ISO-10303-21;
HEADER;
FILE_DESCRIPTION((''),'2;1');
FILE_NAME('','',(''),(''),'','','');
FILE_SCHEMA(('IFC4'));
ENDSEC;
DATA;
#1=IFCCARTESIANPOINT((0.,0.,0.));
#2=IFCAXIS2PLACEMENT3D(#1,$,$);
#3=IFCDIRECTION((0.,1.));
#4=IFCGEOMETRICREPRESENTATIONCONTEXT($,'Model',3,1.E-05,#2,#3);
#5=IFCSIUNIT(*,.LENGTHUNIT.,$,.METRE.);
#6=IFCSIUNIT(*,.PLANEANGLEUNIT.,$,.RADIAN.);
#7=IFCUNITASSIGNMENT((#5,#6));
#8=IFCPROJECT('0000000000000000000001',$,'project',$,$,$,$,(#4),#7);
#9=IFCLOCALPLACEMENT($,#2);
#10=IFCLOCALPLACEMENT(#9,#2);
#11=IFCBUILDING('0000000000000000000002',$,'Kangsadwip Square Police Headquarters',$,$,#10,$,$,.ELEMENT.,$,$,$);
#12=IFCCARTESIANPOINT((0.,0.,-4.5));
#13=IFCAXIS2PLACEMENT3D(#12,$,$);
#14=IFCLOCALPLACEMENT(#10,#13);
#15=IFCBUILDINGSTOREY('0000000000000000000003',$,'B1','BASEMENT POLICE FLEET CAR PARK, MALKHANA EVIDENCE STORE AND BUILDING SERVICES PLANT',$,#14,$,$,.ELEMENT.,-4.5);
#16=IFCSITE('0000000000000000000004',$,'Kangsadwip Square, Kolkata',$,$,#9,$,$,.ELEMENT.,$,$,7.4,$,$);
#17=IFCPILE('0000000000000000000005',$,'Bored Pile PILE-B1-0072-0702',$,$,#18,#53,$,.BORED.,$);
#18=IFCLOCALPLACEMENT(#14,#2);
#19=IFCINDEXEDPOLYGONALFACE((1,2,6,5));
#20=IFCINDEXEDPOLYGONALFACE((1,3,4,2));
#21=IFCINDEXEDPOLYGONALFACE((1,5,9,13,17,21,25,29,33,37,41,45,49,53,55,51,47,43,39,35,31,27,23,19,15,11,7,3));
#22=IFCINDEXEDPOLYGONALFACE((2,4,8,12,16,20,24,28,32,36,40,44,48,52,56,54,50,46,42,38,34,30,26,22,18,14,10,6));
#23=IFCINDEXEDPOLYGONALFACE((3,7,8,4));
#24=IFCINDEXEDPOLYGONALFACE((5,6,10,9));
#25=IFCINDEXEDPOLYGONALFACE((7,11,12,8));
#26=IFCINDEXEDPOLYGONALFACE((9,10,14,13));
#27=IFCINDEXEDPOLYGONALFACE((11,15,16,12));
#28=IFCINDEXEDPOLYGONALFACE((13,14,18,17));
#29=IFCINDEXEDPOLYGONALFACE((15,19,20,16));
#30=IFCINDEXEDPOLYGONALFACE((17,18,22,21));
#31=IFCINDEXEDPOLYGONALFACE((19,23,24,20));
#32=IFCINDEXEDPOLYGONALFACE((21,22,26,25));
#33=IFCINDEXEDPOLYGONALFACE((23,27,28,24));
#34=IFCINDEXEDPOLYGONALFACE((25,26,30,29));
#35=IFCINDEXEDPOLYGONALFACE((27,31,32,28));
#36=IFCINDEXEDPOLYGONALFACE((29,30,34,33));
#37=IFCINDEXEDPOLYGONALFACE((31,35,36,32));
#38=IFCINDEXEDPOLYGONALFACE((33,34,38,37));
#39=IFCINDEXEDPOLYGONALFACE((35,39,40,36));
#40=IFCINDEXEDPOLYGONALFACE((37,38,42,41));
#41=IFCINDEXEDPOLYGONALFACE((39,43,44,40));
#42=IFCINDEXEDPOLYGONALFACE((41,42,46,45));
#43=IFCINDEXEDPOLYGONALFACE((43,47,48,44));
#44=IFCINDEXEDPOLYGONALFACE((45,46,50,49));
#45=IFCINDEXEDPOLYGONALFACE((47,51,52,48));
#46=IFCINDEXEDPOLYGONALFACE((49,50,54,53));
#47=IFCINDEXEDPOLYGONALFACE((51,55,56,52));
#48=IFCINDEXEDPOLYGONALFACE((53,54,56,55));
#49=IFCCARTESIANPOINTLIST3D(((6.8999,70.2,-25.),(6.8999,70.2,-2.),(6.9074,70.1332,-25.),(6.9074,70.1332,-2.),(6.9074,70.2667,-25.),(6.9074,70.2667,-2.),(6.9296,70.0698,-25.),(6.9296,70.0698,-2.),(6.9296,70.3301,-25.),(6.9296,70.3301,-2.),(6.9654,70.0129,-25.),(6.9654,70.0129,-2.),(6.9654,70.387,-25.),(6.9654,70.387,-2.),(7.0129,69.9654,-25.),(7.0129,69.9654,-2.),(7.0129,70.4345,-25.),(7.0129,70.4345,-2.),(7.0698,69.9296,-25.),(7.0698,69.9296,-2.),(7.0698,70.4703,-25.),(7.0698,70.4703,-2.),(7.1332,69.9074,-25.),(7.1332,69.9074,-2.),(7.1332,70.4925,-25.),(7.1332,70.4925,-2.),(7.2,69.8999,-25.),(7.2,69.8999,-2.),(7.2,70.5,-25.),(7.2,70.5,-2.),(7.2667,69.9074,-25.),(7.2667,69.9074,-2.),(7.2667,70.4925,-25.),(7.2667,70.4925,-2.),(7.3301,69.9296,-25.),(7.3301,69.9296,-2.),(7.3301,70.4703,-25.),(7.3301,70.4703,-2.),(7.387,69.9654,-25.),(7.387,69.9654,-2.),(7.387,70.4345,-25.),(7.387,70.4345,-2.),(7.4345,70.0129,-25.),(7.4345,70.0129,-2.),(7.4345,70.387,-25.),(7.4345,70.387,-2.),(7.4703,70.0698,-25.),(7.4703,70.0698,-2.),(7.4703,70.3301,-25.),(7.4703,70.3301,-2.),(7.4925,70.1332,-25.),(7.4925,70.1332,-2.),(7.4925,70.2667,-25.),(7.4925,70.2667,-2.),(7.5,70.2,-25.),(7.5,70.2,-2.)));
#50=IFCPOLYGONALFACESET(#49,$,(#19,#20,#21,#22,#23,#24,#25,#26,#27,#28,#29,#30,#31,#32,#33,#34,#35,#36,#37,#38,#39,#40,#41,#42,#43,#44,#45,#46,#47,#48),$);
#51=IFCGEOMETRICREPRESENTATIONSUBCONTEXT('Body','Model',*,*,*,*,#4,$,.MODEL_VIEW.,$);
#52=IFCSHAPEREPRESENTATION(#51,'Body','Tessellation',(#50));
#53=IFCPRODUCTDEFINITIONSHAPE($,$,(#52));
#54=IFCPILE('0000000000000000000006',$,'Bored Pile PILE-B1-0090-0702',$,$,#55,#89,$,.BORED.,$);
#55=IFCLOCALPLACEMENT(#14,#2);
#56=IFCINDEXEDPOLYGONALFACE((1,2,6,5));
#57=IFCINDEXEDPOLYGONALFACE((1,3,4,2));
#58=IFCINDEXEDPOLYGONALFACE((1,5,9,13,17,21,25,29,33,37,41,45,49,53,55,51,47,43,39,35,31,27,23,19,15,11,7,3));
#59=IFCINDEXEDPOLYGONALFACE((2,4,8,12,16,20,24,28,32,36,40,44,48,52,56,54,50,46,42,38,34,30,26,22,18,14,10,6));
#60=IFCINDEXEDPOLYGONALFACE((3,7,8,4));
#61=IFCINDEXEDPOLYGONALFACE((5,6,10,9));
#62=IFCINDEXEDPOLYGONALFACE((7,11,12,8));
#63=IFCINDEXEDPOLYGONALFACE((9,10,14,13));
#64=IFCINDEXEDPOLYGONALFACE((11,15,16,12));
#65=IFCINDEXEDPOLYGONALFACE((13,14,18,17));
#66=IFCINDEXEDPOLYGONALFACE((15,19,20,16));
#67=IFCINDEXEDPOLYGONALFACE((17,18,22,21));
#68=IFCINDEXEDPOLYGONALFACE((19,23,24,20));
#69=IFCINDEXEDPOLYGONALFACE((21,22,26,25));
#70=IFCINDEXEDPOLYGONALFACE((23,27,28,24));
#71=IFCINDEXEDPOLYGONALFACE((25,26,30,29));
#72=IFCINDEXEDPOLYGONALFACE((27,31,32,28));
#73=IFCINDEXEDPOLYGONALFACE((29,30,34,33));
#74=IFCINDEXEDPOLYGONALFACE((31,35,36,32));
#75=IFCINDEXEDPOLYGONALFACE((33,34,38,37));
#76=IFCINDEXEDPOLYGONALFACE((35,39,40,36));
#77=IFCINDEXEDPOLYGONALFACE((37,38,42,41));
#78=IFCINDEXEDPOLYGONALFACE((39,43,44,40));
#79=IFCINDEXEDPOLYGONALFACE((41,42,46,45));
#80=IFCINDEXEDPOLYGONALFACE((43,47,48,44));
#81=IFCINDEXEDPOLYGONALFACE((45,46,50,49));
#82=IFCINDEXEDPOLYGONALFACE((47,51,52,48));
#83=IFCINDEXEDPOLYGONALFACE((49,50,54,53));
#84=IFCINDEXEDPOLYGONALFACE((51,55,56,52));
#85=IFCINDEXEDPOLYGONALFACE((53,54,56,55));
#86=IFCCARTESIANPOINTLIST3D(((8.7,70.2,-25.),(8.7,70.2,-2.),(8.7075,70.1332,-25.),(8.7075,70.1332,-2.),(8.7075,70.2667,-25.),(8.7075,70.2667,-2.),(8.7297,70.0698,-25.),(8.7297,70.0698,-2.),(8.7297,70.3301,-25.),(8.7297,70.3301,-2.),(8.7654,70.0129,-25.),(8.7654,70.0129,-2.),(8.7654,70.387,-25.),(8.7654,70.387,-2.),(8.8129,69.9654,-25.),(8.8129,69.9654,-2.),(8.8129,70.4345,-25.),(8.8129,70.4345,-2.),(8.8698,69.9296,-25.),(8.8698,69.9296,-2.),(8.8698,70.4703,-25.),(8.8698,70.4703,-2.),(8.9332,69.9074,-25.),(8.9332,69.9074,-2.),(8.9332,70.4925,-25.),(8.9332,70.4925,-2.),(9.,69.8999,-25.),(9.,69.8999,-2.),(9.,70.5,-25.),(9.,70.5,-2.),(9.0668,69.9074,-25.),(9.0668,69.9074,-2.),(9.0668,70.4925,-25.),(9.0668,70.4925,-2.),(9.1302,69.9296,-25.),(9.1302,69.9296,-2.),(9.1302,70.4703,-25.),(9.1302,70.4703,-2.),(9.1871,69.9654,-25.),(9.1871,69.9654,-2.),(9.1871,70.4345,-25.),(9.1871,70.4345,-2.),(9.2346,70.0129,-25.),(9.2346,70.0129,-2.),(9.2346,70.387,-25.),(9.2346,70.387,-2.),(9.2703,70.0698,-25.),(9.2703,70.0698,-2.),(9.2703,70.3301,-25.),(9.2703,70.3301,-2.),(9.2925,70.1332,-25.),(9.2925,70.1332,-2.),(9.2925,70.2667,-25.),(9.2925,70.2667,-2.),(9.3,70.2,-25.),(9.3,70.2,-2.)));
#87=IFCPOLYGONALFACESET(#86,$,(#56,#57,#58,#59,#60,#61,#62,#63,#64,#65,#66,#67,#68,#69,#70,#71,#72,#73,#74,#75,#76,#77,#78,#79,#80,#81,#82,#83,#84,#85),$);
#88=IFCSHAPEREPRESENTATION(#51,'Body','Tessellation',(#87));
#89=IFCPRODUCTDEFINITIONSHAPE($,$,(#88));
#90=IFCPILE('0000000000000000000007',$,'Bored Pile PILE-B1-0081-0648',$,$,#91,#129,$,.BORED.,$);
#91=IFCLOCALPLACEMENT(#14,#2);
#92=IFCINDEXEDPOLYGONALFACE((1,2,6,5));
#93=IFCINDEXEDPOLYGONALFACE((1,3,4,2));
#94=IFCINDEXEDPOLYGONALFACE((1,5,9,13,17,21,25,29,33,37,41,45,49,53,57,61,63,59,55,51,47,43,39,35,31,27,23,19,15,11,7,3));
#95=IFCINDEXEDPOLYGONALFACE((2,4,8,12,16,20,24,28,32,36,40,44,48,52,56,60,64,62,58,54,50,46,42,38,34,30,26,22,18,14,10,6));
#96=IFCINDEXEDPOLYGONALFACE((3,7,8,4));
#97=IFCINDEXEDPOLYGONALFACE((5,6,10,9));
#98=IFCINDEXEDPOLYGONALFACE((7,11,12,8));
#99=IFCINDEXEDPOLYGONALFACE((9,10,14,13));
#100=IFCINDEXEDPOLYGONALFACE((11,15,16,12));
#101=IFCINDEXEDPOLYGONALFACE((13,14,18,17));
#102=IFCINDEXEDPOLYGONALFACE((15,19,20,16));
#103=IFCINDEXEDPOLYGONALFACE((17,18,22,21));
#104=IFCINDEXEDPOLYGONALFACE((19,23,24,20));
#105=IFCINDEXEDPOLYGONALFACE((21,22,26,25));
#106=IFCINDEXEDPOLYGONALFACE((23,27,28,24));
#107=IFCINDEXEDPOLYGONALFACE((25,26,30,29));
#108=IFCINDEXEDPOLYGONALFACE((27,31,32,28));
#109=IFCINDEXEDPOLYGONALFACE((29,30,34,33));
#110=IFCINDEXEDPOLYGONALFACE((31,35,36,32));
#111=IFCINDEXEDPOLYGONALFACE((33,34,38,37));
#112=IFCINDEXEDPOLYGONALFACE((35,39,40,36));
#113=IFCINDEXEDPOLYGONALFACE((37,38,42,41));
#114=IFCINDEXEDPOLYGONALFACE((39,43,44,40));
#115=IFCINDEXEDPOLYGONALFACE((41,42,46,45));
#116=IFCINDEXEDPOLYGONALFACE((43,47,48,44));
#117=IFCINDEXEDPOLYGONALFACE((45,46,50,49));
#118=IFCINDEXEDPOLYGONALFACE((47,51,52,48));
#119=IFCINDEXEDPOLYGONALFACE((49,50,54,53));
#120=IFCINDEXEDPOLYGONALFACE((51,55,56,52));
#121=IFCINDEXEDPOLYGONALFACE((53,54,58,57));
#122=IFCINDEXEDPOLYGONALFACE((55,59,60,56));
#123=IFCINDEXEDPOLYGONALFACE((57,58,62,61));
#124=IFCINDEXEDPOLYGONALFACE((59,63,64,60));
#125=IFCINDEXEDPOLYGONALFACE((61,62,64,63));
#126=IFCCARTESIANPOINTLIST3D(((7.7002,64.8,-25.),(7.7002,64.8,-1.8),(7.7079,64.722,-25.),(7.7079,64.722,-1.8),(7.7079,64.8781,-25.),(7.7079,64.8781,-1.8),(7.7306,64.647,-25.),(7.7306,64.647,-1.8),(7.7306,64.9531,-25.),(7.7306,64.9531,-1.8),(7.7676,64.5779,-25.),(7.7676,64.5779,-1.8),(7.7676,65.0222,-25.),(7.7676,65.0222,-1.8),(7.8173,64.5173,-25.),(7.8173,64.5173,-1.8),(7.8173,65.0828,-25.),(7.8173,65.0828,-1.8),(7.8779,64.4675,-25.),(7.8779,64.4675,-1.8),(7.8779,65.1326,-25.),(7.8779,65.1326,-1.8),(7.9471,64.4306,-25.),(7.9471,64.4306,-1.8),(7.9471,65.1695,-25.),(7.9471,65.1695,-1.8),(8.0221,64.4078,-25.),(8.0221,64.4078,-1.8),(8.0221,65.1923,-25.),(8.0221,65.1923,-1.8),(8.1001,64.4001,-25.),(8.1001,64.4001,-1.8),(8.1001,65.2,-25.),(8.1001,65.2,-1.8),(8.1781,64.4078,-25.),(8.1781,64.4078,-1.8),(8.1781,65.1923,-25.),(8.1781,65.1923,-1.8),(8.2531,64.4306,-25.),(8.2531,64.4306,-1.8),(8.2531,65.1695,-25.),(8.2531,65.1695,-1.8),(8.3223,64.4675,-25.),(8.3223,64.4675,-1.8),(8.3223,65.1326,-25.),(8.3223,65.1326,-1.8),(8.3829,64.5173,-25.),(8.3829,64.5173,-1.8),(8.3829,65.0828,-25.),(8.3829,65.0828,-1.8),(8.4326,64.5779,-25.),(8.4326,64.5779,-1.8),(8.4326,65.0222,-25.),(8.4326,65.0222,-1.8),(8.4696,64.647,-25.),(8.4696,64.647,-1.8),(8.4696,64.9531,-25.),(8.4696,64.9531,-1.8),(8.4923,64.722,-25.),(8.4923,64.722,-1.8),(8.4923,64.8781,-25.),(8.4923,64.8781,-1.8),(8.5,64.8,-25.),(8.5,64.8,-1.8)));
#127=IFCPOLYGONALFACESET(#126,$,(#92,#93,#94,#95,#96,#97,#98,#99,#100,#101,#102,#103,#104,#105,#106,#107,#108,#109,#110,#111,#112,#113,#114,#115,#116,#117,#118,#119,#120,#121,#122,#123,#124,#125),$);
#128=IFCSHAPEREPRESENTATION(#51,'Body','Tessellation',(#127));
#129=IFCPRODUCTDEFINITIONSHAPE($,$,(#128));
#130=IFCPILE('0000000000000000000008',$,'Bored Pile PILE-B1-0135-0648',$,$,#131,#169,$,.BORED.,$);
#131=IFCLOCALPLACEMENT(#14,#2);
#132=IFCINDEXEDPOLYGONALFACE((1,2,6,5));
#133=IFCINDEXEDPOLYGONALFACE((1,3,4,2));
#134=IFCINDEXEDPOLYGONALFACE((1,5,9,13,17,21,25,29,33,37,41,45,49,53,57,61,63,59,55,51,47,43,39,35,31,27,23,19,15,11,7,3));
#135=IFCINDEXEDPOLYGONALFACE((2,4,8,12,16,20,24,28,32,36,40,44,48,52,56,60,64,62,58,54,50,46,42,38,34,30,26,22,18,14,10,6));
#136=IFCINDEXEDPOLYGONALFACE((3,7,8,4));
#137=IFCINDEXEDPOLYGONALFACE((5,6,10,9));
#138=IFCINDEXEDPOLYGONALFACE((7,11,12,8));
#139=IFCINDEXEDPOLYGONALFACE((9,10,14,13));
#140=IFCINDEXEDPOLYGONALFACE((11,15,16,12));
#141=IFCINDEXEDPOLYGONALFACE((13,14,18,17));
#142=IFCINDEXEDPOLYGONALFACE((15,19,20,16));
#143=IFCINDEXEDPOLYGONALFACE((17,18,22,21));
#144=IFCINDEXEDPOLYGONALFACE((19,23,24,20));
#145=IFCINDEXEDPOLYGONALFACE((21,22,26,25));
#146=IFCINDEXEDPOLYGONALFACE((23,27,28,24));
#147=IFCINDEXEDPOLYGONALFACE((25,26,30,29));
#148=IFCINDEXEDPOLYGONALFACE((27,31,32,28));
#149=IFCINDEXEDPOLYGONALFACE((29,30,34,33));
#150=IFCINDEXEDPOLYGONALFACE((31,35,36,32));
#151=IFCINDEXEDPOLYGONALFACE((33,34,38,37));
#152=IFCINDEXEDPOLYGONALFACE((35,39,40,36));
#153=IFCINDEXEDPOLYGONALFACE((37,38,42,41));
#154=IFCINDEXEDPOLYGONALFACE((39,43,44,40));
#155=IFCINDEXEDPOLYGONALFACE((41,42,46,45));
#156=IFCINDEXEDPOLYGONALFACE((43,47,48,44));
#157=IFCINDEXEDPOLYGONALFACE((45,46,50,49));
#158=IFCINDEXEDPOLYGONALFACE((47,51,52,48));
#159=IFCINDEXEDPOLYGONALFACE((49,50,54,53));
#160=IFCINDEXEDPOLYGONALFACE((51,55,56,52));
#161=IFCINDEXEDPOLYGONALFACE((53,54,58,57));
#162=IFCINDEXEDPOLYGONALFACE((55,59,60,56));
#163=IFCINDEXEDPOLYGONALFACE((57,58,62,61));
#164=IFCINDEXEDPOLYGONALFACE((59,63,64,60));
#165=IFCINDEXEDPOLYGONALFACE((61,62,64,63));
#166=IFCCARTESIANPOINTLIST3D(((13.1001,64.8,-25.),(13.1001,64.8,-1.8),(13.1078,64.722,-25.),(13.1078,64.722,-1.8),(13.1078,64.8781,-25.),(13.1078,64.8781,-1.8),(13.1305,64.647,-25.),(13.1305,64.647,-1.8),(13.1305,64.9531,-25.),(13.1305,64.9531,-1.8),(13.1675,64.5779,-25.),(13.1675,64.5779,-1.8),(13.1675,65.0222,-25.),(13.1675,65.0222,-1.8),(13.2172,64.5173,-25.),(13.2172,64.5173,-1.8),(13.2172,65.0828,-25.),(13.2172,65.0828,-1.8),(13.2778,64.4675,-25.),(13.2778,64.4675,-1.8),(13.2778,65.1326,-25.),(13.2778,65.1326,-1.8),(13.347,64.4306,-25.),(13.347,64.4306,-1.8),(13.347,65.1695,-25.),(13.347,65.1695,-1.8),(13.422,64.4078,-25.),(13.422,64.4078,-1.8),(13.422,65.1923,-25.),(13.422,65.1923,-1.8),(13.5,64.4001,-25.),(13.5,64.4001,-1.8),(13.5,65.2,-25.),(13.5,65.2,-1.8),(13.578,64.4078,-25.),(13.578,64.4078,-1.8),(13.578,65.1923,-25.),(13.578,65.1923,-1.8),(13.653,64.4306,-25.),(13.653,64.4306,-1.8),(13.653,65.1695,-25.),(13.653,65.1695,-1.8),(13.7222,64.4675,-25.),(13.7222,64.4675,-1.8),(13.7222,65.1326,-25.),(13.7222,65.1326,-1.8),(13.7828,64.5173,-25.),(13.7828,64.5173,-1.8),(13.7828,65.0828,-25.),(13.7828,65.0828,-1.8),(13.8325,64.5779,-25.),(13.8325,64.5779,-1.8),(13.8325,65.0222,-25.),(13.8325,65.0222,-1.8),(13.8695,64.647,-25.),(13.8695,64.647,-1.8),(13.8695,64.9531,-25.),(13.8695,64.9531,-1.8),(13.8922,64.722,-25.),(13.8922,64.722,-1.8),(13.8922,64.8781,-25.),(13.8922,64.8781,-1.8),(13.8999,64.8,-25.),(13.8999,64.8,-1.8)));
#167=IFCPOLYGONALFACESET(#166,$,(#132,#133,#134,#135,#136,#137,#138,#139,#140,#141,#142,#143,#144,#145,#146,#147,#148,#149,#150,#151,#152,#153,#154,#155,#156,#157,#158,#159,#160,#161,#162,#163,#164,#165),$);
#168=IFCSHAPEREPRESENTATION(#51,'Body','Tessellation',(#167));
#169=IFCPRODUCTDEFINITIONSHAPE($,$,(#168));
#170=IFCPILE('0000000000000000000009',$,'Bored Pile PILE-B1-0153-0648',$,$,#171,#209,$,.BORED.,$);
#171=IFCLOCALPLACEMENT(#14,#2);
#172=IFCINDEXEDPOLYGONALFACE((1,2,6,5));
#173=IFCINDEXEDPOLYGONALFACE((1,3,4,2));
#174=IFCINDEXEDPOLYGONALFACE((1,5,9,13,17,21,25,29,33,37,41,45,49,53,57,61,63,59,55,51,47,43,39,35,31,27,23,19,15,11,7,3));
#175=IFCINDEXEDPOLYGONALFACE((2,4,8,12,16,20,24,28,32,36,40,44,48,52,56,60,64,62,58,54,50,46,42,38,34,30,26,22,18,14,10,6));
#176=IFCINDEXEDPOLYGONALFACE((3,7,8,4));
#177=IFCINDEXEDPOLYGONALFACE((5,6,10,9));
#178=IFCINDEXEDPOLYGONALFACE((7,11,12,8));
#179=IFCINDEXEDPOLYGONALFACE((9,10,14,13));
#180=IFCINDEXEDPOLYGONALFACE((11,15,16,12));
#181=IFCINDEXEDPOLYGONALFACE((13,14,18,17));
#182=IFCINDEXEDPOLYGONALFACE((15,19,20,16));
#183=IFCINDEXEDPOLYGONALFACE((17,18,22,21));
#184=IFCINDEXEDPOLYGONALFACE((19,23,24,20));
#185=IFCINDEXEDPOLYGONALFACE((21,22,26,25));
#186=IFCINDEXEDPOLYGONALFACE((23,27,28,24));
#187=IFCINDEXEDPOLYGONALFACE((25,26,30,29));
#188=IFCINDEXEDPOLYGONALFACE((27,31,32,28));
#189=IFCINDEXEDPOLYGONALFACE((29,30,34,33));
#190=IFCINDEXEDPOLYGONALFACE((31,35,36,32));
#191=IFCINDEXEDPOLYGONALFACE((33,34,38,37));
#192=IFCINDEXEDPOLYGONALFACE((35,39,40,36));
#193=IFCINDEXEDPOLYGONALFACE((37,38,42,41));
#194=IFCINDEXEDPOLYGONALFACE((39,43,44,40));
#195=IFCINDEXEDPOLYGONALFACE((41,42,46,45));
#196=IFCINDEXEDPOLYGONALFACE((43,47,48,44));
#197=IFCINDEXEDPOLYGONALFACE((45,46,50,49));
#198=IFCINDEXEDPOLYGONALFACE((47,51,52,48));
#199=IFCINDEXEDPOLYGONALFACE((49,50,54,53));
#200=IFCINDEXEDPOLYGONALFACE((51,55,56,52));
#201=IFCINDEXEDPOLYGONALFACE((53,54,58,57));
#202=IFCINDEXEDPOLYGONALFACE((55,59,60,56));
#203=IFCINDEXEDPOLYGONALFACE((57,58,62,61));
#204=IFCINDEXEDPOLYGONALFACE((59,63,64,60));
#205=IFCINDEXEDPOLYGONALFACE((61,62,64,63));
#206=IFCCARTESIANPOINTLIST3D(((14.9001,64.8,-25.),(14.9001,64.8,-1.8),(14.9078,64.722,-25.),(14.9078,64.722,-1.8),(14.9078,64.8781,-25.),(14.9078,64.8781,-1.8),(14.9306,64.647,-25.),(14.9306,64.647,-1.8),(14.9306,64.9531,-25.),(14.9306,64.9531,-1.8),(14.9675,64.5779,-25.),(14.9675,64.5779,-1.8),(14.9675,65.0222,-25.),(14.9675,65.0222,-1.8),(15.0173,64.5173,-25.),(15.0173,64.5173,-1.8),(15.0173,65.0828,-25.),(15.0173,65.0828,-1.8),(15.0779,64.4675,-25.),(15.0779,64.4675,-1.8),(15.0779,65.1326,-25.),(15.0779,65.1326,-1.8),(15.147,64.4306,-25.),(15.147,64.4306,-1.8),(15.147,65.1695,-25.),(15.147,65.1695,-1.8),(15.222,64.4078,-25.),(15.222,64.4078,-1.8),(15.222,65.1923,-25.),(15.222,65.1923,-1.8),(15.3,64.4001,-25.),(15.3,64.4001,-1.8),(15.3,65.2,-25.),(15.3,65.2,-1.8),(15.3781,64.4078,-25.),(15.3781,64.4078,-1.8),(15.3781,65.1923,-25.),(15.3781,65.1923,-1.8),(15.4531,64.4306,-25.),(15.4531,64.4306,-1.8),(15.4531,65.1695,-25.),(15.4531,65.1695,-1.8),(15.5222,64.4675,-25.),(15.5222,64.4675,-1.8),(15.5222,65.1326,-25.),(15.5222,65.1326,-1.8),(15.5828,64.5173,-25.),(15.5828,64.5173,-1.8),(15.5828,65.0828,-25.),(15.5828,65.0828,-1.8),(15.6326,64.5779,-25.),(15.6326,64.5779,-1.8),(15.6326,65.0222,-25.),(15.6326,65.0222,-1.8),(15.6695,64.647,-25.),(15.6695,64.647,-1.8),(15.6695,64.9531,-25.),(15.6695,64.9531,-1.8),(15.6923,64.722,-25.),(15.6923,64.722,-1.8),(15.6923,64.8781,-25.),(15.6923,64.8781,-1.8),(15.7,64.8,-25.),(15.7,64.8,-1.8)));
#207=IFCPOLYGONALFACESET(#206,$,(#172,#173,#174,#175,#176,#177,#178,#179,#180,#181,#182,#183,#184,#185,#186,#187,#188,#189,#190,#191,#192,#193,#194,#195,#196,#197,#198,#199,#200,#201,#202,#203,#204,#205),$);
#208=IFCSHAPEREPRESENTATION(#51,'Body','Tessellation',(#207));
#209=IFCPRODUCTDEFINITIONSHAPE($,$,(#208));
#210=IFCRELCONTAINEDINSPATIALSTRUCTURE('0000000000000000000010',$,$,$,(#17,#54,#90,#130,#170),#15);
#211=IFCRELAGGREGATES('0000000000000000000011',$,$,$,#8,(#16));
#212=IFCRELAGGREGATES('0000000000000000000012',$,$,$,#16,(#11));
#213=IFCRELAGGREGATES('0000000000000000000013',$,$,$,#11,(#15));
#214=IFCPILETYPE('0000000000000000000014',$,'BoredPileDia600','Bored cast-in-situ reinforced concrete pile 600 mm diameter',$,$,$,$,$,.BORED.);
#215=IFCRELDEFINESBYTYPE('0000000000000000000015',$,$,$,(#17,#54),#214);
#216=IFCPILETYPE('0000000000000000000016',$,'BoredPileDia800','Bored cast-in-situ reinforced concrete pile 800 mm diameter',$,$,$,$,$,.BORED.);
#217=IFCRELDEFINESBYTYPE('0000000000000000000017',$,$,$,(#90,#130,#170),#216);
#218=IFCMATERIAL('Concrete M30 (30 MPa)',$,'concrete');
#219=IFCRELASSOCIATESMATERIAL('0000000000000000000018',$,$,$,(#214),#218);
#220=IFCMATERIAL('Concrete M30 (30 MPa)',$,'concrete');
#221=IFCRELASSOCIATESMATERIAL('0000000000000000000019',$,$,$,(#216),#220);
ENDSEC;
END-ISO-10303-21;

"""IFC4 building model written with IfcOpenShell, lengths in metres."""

from ifc_helpers import new_model, si_unit, direction, frame, origin, origin_2d, place, context, subcontext, project, spatial, circle, extrude, material, material_profile, profile_set, type_object, element, save


model = new_model("IFC4")

# Units and contexts
model_context = context("Model", 3, precision=1e-05, world=origin(), true_north=direction((0.0, 1.0)))
body_context = subcontext(model_context, "Body", "Model", "MODEL_VIEW")
ifc_project = project(units=[si_unit("LENGTHUNIT", "METRE"), si_unit("PLANEANGLEUNIT", "RADIAN")], contexts=[model_context])

# Site, building, storey
site_placement = place(None, origin())
site = spatial("IfcSite", under=ifc_project, at=site_placement, Name="Kangsadwip Square, Kolkata", CompositionType="ELEMENT", RefElevation=7.4)
building_placement = place(site_placement, origin())
building = spatial("IfcBuilding", under=site, at=building_placement, Name="Kangsadwip Square Police Headquarters", CompositionType="ELEMENT")
storey_placement = place(building_placement, frame((0.0, 0.0, -4.5)))
storey = spatial("IfcBuildingStorey", under=building, at=storey_placement, Name="B1", Description="BASEMENT POLICE FLEET CAR PARK, MALKHANA EVIDENCE STORE AND BUILDING SERVICES PLANT", CompositionType="ELEMENT", Elevation=-4.5)

# Piles
ifc_material_1 = material(Name="Concrete M30 (30 MPa)", Category="concrete")
ifc_material_profile_1 = material_profile(ifc_material_1, circle(Radius=0.3, at=origin_2d()), Name="PILE DIA 600")
ifc_profile_set_1 = profile_set([ifc_material_profile_1], Name="Concrete M30 (30 MPa)")
pile_type_1 = type_object("IfcPileType", Name="BoredPileDia600", Description="Bored cast-in-situ reinforced concrete pile 600 mm diameter", PredefinedType="BORED", material=ifc_profile_set_1)
for number, where, z_axis, x_axis, name in (
    (1, (7.2, 70.2, -2.0), (0.0, 0.0, -1.0), (1.0, 0.0, 0.0), "Bored Pile PILE-B1-0072-0702"),
    (2, (9.0, 70.2, -2.0), (0.0, 0.0, -1.0), (1.0, 0.0, 0.0), "Bored Pile PILE-B1-0090-0702"),
):
    element("IfcPile", number, at=place(storey_placement, frame(where, z_axis=z_axis, x_axis=x_axis)), inside=storey, type_object=pile_type_1, Name=name, PredefinedType="BORED", context=body_context, shape_type="SweptSolid", body=[
        extrude(circle(Radius=0.3, at=origin_2d()), origin(), (0.0, 0.0, 1.0), 23.0),
    ])
ifc_material_2 = material(Name="Concrete M30 (30 MPa)", Category="concrete")
ifc_material_profile_2 = material_profile(ifc_material_2, circle(Radius=0.3999, at=origin_2d()), Name="PILE DIA 800")
ifc_profile_set_2 = profile_set([ifc_material_profile_2], Name="Concrete M30 (30 MPa)")
pile_type_2 = type_object("IfcPileType", Name="BoredPileDia800", Description="Bored cast-in-situ reinforced concrete pile 800 mm diameter", PredefinedType="BORED", material=ifc_profile_set_2)
for number, where, z_axis, x_axis, name in (
    (3, (8.1001, 64.8, -1.8), (0.0, 0.0, -1.0), (1.0, 0.0, 0.0), "Bored Pile PILE-B1-0081-0648"),
    (4, (13.5, 64.8, -1.8), (0.0, 0.0, -1.0), (1.0, 0.0, 0.0), "Bored Pile PILE-B1-0135-0648"),
    (5, (15.3, 64.8, -1.8), (0.0, 0.0, -1.0), (1.0, 0.0, 0.0), "Bored Pile PILE-B1-0153-0648"),
):
    element("IfcPile", number, at=place(storey_placement, frame(where, z_axis=z_axis, x_axis=x_axis)), inside=storey, type_object=pile_type_2, Name=name, PredefinedType="BORED", context=body_context, shape_type="SweptSolid", body=[
        extrude(circle(Radius=0.3999, at=origin_2d()), origin(), (0.0, 0.0, 1.0), 23.2),
    ])

save(model, "model.ifc")
